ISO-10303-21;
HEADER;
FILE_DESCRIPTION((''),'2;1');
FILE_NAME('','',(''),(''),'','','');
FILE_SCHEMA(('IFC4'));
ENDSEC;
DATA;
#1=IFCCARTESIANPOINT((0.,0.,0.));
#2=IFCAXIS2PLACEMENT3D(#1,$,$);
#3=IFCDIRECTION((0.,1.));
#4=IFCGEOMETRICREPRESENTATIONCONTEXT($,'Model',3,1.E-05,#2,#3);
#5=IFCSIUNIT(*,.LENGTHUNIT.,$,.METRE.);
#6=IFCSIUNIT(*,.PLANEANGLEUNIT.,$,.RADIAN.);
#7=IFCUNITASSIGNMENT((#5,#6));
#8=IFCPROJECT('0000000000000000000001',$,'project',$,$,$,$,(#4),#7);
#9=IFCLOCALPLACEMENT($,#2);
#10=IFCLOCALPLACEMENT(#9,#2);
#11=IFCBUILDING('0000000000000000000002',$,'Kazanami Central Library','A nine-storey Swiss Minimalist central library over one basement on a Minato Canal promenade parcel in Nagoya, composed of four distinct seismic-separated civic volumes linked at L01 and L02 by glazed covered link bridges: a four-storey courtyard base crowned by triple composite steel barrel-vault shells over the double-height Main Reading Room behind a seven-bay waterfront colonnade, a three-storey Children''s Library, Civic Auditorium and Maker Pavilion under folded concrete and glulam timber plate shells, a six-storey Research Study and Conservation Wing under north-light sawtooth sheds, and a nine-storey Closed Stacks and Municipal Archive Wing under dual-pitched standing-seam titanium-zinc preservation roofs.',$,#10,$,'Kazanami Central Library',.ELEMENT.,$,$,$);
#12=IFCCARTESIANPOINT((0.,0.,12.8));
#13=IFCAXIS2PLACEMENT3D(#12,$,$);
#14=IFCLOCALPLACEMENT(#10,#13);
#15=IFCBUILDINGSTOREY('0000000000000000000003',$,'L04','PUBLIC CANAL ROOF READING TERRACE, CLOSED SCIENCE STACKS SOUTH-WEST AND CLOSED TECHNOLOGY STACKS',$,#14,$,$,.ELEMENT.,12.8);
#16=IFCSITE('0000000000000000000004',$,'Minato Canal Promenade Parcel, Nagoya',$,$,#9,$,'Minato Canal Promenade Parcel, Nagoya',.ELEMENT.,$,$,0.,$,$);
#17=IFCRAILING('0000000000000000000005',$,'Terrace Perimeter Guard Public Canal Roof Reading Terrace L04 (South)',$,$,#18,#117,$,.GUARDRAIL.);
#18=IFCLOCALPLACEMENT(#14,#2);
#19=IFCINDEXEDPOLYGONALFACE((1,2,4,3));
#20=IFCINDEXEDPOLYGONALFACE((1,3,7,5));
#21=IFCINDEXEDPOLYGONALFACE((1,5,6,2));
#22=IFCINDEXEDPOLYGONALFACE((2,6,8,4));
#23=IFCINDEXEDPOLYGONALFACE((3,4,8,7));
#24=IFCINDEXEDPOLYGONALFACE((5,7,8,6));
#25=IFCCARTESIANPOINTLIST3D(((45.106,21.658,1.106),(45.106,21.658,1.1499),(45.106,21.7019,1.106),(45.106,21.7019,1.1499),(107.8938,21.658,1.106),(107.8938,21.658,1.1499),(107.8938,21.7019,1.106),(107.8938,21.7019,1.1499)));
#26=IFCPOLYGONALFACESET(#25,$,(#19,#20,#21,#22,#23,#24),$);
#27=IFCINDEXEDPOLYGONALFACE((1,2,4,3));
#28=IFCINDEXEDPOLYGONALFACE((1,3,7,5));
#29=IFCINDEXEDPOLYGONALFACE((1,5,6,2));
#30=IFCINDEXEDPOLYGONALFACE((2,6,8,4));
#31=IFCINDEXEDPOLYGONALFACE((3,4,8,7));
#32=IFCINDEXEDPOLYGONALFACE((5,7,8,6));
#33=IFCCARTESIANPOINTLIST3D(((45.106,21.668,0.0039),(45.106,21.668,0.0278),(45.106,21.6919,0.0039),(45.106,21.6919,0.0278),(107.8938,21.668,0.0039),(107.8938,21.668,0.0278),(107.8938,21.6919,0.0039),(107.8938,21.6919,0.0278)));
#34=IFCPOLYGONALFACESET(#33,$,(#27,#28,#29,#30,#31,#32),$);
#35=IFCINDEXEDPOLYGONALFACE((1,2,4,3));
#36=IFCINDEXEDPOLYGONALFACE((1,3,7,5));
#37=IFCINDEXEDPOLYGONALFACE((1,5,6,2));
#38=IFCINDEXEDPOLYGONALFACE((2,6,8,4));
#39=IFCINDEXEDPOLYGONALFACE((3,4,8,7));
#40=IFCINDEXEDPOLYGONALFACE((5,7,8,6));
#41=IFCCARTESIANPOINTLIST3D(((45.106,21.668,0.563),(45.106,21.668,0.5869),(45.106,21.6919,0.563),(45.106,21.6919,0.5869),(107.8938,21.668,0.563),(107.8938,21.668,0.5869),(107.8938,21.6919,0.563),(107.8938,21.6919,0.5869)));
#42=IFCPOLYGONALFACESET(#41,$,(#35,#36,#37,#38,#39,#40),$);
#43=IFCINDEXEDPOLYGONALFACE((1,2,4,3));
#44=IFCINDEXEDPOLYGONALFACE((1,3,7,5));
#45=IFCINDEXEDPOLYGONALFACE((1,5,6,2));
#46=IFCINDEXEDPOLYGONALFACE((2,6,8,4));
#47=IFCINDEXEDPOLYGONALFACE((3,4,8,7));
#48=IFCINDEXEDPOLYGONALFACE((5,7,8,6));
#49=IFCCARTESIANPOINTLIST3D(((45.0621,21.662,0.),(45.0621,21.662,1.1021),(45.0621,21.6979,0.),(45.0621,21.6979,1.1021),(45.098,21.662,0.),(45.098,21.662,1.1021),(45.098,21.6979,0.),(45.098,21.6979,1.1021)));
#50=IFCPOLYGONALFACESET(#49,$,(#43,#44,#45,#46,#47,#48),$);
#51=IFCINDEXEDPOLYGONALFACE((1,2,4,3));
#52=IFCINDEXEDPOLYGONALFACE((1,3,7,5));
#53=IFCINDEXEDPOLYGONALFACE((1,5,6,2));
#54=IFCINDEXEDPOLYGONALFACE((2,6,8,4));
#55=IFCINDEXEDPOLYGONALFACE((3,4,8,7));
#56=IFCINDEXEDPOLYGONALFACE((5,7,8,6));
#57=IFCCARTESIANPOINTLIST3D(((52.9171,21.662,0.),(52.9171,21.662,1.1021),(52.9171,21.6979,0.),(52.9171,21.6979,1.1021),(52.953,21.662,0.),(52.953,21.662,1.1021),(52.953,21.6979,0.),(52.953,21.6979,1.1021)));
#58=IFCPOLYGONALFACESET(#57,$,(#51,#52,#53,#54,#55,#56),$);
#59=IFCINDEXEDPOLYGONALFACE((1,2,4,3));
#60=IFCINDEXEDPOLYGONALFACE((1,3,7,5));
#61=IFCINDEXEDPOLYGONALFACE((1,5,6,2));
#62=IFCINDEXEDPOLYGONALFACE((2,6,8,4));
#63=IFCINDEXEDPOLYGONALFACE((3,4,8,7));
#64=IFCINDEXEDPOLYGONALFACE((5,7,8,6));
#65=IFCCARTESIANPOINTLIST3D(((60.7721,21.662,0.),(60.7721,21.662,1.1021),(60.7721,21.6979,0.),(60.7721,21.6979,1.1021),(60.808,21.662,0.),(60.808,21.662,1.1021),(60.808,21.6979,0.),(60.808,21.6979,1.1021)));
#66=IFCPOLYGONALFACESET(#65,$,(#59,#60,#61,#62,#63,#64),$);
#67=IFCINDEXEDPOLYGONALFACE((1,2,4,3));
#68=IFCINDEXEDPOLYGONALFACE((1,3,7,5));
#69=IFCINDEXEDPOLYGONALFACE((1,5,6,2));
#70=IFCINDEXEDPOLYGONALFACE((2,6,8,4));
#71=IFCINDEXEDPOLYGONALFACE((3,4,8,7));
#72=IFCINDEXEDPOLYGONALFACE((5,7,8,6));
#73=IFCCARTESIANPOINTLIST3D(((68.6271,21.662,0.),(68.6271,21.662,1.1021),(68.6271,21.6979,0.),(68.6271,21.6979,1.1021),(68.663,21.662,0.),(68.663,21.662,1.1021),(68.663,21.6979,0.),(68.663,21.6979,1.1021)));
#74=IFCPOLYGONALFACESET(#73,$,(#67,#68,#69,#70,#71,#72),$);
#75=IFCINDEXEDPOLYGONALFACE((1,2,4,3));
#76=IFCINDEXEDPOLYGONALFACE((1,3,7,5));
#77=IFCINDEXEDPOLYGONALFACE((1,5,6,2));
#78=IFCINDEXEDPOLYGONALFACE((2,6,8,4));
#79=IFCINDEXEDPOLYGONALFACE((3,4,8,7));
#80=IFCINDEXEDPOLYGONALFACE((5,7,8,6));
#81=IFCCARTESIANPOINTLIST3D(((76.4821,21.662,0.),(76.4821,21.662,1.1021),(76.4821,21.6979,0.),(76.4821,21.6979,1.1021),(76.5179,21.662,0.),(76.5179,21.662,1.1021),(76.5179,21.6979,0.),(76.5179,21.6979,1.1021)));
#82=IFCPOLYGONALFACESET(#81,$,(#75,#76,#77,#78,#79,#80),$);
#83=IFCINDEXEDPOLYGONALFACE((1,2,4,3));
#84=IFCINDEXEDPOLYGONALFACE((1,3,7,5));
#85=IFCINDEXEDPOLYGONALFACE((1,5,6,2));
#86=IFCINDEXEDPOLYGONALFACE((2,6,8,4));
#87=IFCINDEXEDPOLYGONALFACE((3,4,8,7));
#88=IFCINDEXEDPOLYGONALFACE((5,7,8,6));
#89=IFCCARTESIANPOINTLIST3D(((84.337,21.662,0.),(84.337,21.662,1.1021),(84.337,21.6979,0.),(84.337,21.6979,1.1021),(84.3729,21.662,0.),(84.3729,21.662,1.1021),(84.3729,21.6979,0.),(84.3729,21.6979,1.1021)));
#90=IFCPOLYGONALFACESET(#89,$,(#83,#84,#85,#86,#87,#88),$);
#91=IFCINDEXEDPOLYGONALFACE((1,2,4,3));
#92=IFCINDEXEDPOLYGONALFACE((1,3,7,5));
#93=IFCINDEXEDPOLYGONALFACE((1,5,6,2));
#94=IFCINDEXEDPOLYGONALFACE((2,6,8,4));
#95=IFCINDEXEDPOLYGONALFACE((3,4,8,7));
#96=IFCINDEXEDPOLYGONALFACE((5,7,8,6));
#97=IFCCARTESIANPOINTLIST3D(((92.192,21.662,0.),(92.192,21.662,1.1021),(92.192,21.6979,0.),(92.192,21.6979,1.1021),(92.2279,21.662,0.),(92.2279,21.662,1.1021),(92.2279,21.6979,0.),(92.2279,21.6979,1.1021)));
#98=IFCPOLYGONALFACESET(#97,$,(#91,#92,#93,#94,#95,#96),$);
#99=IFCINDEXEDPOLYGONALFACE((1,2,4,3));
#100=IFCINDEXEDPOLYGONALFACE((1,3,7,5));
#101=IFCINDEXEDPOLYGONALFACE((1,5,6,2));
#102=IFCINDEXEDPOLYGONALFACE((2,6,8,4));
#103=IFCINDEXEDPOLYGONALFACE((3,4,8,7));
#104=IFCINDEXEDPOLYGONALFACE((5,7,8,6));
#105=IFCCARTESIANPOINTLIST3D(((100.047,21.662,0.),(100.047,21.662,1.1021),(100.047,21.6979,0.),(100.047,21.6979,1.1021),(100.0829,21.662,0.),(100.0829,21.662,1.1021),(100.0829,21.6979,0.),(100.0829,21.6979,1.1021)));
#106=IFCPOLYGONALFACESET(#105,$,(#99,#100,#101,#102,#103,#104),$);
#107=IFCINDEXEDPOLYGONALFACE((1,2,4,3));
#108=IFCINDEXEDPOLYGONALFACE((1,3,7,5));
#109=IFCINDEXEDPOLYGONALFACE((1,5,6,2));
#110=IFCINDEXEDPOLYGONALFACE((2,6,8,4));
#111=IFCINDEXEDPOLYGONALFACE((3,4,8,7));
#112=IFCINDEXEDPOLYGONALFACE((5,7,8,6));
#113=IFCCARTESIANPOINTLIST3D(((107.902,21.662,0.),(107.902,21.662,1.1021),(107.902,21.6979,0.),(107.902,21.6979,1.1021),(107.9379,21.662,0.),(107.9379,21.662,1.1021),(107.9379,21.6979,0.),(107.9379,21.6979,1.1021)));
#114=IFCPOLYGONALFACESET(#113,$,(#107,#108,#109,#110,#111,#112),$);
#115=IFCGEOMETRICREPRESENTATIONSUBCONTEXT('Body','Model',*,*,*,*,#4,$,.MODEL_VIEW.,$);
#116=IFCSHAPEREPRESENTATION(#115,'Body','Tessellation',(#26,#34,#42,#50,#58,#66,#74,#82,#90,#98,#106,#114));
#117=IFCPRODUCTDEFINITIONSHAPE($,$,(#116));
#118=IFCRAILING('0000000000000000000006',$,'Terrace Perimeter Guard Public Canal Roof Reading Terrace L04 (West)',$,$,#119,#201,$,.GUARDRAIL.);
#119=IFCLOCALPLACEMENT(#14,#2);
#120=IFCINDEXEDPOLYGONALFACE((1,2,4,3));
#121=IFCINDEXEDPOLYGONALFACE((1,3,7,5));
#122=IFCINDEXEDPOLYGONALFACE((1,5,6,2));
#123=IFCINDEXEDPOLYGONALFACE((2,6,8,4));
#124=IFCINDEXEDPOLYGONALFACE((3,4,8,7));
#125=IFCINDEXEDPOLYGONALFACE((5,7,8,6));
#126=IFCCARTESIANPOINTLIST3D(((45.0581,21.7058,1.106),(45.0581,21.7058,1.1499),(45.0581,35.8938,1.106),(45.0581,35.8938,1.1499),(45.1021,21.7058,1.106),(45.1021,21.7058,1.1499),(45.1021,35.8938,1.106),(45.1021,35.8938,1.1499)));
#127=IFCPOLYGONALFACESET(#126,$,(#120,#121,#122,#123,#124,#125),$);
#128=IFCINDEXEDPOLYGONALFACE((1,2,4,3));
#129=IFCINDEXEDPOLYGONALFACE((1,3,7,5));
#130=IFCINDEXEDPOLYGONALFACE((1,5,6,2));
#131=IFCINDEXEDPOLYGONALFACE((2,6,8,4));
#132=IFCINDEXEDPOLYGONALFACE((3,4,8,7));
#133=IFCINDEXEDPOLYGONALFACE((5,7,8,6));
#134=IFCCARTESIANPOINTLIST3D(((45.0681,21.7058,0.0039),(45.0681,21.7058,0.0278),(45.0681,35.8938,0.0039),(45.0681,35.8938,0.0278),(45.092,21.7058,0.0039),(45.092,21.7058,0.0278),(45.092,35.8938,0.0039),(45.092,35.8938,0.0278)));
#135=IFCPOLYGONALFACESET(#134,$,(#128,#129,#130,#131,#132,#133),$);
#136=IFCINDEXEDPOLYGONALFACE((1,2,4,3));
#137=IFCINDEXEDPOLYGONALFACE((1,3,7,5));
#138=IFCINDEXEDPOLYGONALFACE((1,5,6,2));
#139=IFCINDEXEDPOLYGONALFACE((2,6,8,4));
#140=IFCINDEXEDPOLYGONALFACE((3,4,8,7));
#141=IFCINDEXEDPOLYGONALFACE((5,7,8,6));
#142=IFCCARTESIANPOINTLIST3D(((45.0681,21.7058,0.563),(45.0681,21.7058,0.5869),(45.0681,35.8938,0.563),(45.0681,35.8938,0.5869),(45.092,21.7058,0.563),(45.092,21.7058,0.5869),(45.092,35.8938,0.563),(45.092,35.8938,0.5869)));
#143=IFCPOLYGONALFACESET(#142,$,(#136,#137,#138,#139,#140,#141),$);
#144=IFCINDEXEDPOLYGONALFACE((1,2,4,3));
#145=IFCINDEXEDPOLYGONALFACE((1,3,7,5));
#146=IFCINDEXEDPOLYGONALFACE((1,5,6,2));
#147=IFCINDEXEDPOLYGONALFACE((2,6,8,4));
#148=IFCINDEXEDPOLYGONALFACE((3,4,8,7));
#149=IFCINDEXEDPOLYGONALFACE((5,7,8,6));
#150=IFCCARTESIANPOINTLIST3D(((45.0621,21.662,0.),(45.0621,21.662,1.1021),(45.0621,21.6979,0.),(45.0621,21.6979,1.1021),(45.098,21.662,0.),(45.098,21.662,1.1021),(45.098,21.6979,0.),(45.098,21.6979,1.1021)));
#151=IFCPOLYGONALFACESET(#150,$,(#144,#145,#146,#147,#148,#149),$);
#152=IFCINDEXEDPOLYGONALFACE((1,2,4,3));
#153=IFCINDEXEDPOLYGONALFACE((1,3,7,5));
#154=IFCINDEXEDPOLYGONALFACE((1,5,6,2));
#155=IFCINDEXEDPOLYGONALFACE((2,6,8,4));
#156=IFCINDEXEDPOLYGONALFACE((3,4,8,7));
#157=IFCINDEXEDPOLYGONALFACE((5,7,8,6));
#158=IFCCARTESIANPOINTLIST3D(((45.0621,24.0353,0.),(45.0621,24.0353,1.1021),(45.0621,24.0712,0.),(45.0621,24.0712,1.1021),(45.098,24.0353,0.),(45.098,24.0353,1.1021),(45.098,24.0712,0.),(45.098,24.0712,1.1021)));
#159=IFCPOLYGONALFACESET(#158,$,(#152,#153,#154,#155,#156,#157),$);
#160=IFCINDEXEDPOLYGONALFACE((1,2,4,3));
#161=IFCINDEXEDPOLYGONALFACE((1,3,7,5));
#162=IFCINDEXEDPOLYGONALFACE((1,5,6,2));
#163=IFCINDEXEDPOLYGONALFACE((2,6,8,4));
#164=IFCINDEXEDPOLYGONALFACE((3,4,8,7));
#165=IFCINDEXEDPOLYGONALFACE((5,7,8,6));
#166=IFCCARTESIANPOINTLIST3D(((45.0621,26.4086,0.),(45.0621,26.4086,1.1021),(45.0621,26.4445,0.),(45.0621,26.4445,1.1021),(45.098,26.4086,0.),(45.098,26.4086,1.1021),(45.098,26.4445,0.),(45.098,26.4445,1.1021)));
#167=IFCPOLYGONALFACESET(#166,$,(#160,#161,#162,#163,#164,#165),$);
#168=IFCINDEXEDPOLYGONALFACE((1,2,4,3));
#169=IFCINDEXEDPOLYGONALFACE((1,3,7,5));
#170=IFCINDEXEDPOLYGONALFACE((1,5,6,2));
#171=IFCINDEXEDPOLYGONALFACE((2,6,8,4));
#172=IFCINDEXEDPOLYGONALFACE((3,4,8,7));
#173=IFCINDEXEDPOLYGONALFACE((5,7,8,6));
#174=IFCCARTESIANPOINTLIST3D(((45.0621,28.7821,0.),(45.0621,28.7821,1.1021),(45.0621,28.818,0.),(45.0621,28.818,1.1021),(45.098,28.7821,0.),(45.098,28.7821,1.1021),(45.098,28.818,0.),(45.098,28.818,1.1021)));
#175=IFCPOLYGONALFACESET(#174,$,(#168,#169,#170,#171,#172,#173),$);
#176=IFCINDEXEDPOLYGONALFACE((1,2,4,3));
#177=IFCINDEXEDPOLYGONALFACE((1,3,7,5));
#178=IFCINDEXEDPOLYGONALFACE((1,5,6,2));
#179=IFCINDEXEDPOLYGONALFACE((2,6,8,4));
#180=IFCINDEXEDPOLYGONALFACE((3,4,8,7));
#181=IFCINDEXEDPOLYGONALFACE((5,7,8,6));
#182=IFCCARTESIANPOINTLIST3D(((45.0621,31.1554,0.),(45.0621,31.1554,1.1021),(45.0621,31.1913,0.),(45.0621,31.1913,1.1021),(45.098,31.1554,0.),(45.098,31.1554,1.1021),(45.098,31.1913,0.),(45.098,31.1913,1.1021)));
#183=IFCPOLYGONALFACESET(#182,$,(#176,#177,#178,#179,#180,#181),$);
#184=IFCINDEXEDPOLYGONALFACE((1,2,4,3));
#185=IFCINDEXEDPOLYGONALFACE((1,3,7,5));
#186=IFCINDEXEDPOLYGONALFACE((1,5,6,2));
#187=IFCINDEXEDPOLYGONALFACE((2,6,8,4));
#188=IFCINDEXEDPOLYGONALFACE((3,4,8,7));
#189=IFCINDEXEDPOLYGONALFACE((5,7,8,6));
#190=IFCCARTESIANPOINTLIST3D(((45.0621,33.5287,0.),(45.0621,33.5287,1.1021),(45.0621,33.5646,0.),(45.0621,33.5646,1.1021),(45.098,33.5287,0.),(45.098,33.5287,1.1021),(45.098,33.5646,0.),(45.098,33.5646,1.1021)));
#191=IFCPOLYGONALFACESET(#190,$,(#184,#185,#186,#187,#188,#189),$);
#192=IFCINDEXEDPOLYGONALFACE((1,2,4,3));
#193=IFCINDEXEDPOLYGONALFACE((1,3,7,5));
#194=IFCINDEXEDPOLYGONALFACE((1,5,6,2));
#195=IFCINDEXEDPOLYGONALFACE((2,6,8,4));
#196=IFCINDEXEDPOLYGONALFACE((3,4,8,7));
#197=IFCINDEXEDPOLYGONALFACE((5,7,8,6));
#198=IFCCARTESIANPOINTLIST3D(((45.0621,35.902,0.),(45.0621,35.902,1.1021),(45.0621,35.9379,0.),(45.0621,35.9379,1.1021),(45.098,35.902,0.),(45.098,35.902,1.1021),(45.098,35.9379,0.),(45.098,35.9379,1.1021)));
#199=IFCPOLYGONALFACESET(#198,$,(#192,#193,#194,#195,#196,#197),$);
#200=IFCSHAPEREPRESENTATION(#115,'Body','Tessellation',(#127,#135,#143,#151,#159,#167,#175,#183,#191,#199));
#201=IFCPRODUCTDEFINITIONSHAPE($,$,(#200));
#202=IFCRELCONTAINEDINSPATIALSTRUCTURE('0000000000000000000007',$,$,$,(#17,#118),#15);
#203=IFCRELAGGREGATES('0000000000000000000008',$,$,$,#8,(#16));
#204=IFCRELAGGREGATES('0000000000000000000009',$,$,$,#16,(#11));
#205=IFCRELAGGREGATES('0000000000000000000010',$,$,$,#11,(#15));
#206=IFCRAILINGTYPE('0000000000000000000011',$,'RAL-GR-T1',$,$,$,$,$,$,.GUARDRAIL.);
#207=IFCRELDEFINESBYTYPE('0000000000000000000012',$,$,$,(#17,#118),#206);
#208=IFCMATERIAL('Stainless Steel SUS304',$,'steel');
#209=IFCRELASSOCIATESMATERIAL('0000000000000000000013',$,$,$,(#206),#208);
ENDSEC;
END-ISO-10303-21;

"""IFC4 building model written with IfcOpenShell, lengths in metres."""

from ifc_helpers import new_model, si_unit, direction, frame, origin, origin_2d, place, context, subcontext, project, spatial, rectangle, extrude, material, type_object, element, save


model = new_model("IFC4")

# Units and contexts
model_context = context("Model", 3, precision=1e-05, world=origin(), true_north=direction((0.0, 1.0)))
body_context = subcontext(model_context, "Body", "Model", "MODEL_VIEW")
ifc_project = project(units=[si_unit("LENGTHUNIT", "METRE"), si_unit("PLANEANGLEUNIT", "RADIAN")], contexts=[model_context])

# Site, building, storey
site_placement = place(None, origin())
site = spatial("IfcSite", under=ifc_project, at=site_placement, Name="Minato Canal Promenade Parcel, Nagoya", LongName="Minato Canal Promenade Parcel, Nagoya", CompositionType="ELEMENT", RefElevation=0.0)
building_placement = place(site_placement, origin())
building = spatial("IfcBuilding", under=site, at=building_placement, Name="Kazanami Central Library", Description="A nine-storey Swiss Minimalist central library over one basement on a Minato Canal promenade parcel in Nagoya, composed of four distinct seismic-separated civic volumes linked at L01 and L02 by glazed covered link bridges: a four-storey courtyard base crowned by triple composite steel barrel-vault shells over the double-height Main Reading Room behind a seven-bay waterfront colonnade, a three-storey Children's Library, Civic Auditorium and Maker Pavilion under folded concrete and glulam timber plate shells, a six-storey Research Study and Conservation Wing under north-light sawtooth sheds, and a nine-storey Closed Stacks and Municipal Archive Wing under dual-pitched standing-seam titanium-zinc preservation roofs.", LongName="Kazanami Central Library", CompositionType="ELEMENT")
storey_placement = place(building_placement, frame((0.0, 0.0, 12.8)))
storey = spatial("IfcBuildingStorey", under=building, at=storey_placement, Name="L04", Description="PUBLIC CANAL ROOF READING TERRACE, CLOSED SCIENCE STACKS SOUTH-WEST AND CLOSED TECHNOLOGY STACKS", CompositionType="ELEMENT", Elevation=12.8)

# Railings
ifc_material_1 = material(Name="Stainless Steel SUS304", Category="steel")
railing_type = type_object("IfcRailingType", Name="RAL-GR-T1", PredefinedType="GUARDRAIL", material=ifc_material_1)
railing_1_placement = place(storey_placement, frame((45.0801, 21.6799, 0.0)))
element("IfcRailing", 1, at=railing_1_placement, inside=storey, type_object=railing_type, Name="Terrace Perimeter Guard Public Canal Roof Reading Terrace L04 (South)", PredefinedType="GUARDRAIL", context=body_context, shape_type="SweptSolid", body=[
    extrude(rectangle(XDim=0.0439, YDim=0.0439, at=origin_2d()), frame((0.0259, 0.0, 1.1279), z_axis=(1.0, 0.0, 0.0), x_axis=(0.0, 1.0, 0.0)), (0.0, 0.0, 1.0), 62.7878),
    extrude(rectangle(XDim=0.0239, YDim=0.0239, at=origin_2d()), frame((0.0259, 0.0, 0.0159), z_axis=(1.0, 0.0, 0.0), x_axis=(0.0, 1.0, 0.0)), (0.0, 0.0, 1.0), 62.7878),
    extrude(rectangle(XDim=0.0239, YDim=0.0239, at=origin_2d()), frame((0.0259, 0.0, 0.575), z_axis=(1.0, 0.0, 0.0), x_axis=(0.0, 1.0, 0.0)), (0.0, 0.0, 1.0), 62.7878),
    extrude(rectangle(XDim=0.0359, YDim=0.0359, at=origin_2d()), origin(), (0.0, 0.0, 1.0), 1.1021),
    extrude(rectangle(XDim=0.0359, YDim=0.0359, at=origin_2d()), frame((7.855, 0.0, 0.0)), (0.0, 0.0, 1.0), 1.1021),
    extrude(rectangle(XDim=0.0359, YDim=0.0359, at=origin_2d()), frame((15.71, 0.0, 0.0)), (0.0, 0.0, 1.0), 1.1021),
    extrude(rectangle(XDim=0.0359, YDim=0.0359, at=origin_2d()), frame((23.5649, 0.0, 0.0)), (0.0, 0.0, 1.0), 1.1021),
    extrude(rectangle(XDim=0.0359, YDim=0.0359, at=origin_2d()), frame((31.4199, 0.0, 0.0)), (0.0, 0.0, 1.0), 1.1021),
    extrude(rectangle(XDim=0.0359, YDim=0.0359, at=origin_2d()), frame((39.2749, 0.0, 0.0)), (0.0, 0.0, 1.0), 1.1021),
    extrude(rectangle(XDim=0.0359, YDim=0.0359, at=origin_2d()), frame((47.1299, 0.0, 0.0)), (0.0, 0.0, 1.0), 1.1021),
    extrude(rectangle(XDim=0.0359, YDim=0.0359, at=origin_2d()), frame((54.9849, 0.0, 0.0)), (0.0, 0.0, 1.0), 1.1021),
    extrude(rectangle(XDim=0.0359, YDim=0.0359, at=origin_2d()), frame((62.8398, 0.0, 0.0)), (0.0, 0.0, 1.0), 1.1021),
])
railing_2_placement = place(storey_placement, frame((45.0801, 21.6799, 0.0)))
element("IfcRailing", 2, at=railing_2_placement, inside=storey, type_object=railing_type, Name="Terrace Perimeter Guard Public Canal Roof Reading Terrace L04 (West)", PredefinedType="GUARDRAIL", context=body_context, shape_type="SweptSolid", body=[
    extrude(rectangle(XDim=0.0439, YDim=0.0439, at=origin_2d()), frame((0.0, 0.0259, 1.1279), z_axis=(0.0, 1.0, 0.0), x_axis=(-1.0, 0.0, 0.0)), (0.0, 0.0, 1.0), 14.188),
    extrude(rectangle(XDim=0.0239, YDim=0.0239, at=origin_2d()), frame((0.0, 0.0259, 0.0159), z_axis=(0.0, 1.0, 0.0), x_axis=(-1.0, 0.0, 0.0)), (0.0, 0.0, 1.0), 14.188),
    extrude(rectangle(XDim=0.0239, YDim=0.0239, at=origin_2d()), frame((0.0, 0.0259, 0.575), z_axis=(0.0, 1.0, 0.0), x_axis=(-1.0, 0.0, 0.0)), (0.0, 0.0, 1.0), 14.188),
    extrude(rectangle(XDim=0.0359, YDim=0.0359, at=origin_2d()), origin(), (0.0, 0.0, 1.0), 1.1021),
    extrude(rectangle(XDim=0.0359, YDim=0.0359, at=origin_2d()), frame((0.0, 2.3733, 0.0)), (0.0, 0.0, 1.0), 1.1021),
    extrude(rectangle(XDim=0.0359, YDim=0.0359, at=origin_2d()), frame((0.0, 4.7466, 0.0)), (0.0, 0.0, 1.0), 1.1021),
    extrude(rectangle(XDim=0.0359, YDim=0.0359, at=origin_2d()), frame((0.0, 7.1201, 0.0)), (0.0, 0.0, 1.0), 1.1021),
    extrude(rectangle(XDim=0.0359, YDim=0.0359, at=origin_2d()), frame((0.0, 9.4934, 0.0)), (0.0, 0.0, 1.0), 1.1021),
    extrude(rectangle(XDim=0.0359, YDim=0.0359, at=origin_2d()), frame((0.0, 11.8667, 0.0)), (0.0, 0.0, 1.0), 1.1021),
    extrude(rectangle(XDim=0.0359, YDim=0.0359, at=origin_2d()), frame((0.0, 14.24, 0.0)), (0.0, 0.0, 1.0), 1.1021),
])

save(model, "model.ifc")
